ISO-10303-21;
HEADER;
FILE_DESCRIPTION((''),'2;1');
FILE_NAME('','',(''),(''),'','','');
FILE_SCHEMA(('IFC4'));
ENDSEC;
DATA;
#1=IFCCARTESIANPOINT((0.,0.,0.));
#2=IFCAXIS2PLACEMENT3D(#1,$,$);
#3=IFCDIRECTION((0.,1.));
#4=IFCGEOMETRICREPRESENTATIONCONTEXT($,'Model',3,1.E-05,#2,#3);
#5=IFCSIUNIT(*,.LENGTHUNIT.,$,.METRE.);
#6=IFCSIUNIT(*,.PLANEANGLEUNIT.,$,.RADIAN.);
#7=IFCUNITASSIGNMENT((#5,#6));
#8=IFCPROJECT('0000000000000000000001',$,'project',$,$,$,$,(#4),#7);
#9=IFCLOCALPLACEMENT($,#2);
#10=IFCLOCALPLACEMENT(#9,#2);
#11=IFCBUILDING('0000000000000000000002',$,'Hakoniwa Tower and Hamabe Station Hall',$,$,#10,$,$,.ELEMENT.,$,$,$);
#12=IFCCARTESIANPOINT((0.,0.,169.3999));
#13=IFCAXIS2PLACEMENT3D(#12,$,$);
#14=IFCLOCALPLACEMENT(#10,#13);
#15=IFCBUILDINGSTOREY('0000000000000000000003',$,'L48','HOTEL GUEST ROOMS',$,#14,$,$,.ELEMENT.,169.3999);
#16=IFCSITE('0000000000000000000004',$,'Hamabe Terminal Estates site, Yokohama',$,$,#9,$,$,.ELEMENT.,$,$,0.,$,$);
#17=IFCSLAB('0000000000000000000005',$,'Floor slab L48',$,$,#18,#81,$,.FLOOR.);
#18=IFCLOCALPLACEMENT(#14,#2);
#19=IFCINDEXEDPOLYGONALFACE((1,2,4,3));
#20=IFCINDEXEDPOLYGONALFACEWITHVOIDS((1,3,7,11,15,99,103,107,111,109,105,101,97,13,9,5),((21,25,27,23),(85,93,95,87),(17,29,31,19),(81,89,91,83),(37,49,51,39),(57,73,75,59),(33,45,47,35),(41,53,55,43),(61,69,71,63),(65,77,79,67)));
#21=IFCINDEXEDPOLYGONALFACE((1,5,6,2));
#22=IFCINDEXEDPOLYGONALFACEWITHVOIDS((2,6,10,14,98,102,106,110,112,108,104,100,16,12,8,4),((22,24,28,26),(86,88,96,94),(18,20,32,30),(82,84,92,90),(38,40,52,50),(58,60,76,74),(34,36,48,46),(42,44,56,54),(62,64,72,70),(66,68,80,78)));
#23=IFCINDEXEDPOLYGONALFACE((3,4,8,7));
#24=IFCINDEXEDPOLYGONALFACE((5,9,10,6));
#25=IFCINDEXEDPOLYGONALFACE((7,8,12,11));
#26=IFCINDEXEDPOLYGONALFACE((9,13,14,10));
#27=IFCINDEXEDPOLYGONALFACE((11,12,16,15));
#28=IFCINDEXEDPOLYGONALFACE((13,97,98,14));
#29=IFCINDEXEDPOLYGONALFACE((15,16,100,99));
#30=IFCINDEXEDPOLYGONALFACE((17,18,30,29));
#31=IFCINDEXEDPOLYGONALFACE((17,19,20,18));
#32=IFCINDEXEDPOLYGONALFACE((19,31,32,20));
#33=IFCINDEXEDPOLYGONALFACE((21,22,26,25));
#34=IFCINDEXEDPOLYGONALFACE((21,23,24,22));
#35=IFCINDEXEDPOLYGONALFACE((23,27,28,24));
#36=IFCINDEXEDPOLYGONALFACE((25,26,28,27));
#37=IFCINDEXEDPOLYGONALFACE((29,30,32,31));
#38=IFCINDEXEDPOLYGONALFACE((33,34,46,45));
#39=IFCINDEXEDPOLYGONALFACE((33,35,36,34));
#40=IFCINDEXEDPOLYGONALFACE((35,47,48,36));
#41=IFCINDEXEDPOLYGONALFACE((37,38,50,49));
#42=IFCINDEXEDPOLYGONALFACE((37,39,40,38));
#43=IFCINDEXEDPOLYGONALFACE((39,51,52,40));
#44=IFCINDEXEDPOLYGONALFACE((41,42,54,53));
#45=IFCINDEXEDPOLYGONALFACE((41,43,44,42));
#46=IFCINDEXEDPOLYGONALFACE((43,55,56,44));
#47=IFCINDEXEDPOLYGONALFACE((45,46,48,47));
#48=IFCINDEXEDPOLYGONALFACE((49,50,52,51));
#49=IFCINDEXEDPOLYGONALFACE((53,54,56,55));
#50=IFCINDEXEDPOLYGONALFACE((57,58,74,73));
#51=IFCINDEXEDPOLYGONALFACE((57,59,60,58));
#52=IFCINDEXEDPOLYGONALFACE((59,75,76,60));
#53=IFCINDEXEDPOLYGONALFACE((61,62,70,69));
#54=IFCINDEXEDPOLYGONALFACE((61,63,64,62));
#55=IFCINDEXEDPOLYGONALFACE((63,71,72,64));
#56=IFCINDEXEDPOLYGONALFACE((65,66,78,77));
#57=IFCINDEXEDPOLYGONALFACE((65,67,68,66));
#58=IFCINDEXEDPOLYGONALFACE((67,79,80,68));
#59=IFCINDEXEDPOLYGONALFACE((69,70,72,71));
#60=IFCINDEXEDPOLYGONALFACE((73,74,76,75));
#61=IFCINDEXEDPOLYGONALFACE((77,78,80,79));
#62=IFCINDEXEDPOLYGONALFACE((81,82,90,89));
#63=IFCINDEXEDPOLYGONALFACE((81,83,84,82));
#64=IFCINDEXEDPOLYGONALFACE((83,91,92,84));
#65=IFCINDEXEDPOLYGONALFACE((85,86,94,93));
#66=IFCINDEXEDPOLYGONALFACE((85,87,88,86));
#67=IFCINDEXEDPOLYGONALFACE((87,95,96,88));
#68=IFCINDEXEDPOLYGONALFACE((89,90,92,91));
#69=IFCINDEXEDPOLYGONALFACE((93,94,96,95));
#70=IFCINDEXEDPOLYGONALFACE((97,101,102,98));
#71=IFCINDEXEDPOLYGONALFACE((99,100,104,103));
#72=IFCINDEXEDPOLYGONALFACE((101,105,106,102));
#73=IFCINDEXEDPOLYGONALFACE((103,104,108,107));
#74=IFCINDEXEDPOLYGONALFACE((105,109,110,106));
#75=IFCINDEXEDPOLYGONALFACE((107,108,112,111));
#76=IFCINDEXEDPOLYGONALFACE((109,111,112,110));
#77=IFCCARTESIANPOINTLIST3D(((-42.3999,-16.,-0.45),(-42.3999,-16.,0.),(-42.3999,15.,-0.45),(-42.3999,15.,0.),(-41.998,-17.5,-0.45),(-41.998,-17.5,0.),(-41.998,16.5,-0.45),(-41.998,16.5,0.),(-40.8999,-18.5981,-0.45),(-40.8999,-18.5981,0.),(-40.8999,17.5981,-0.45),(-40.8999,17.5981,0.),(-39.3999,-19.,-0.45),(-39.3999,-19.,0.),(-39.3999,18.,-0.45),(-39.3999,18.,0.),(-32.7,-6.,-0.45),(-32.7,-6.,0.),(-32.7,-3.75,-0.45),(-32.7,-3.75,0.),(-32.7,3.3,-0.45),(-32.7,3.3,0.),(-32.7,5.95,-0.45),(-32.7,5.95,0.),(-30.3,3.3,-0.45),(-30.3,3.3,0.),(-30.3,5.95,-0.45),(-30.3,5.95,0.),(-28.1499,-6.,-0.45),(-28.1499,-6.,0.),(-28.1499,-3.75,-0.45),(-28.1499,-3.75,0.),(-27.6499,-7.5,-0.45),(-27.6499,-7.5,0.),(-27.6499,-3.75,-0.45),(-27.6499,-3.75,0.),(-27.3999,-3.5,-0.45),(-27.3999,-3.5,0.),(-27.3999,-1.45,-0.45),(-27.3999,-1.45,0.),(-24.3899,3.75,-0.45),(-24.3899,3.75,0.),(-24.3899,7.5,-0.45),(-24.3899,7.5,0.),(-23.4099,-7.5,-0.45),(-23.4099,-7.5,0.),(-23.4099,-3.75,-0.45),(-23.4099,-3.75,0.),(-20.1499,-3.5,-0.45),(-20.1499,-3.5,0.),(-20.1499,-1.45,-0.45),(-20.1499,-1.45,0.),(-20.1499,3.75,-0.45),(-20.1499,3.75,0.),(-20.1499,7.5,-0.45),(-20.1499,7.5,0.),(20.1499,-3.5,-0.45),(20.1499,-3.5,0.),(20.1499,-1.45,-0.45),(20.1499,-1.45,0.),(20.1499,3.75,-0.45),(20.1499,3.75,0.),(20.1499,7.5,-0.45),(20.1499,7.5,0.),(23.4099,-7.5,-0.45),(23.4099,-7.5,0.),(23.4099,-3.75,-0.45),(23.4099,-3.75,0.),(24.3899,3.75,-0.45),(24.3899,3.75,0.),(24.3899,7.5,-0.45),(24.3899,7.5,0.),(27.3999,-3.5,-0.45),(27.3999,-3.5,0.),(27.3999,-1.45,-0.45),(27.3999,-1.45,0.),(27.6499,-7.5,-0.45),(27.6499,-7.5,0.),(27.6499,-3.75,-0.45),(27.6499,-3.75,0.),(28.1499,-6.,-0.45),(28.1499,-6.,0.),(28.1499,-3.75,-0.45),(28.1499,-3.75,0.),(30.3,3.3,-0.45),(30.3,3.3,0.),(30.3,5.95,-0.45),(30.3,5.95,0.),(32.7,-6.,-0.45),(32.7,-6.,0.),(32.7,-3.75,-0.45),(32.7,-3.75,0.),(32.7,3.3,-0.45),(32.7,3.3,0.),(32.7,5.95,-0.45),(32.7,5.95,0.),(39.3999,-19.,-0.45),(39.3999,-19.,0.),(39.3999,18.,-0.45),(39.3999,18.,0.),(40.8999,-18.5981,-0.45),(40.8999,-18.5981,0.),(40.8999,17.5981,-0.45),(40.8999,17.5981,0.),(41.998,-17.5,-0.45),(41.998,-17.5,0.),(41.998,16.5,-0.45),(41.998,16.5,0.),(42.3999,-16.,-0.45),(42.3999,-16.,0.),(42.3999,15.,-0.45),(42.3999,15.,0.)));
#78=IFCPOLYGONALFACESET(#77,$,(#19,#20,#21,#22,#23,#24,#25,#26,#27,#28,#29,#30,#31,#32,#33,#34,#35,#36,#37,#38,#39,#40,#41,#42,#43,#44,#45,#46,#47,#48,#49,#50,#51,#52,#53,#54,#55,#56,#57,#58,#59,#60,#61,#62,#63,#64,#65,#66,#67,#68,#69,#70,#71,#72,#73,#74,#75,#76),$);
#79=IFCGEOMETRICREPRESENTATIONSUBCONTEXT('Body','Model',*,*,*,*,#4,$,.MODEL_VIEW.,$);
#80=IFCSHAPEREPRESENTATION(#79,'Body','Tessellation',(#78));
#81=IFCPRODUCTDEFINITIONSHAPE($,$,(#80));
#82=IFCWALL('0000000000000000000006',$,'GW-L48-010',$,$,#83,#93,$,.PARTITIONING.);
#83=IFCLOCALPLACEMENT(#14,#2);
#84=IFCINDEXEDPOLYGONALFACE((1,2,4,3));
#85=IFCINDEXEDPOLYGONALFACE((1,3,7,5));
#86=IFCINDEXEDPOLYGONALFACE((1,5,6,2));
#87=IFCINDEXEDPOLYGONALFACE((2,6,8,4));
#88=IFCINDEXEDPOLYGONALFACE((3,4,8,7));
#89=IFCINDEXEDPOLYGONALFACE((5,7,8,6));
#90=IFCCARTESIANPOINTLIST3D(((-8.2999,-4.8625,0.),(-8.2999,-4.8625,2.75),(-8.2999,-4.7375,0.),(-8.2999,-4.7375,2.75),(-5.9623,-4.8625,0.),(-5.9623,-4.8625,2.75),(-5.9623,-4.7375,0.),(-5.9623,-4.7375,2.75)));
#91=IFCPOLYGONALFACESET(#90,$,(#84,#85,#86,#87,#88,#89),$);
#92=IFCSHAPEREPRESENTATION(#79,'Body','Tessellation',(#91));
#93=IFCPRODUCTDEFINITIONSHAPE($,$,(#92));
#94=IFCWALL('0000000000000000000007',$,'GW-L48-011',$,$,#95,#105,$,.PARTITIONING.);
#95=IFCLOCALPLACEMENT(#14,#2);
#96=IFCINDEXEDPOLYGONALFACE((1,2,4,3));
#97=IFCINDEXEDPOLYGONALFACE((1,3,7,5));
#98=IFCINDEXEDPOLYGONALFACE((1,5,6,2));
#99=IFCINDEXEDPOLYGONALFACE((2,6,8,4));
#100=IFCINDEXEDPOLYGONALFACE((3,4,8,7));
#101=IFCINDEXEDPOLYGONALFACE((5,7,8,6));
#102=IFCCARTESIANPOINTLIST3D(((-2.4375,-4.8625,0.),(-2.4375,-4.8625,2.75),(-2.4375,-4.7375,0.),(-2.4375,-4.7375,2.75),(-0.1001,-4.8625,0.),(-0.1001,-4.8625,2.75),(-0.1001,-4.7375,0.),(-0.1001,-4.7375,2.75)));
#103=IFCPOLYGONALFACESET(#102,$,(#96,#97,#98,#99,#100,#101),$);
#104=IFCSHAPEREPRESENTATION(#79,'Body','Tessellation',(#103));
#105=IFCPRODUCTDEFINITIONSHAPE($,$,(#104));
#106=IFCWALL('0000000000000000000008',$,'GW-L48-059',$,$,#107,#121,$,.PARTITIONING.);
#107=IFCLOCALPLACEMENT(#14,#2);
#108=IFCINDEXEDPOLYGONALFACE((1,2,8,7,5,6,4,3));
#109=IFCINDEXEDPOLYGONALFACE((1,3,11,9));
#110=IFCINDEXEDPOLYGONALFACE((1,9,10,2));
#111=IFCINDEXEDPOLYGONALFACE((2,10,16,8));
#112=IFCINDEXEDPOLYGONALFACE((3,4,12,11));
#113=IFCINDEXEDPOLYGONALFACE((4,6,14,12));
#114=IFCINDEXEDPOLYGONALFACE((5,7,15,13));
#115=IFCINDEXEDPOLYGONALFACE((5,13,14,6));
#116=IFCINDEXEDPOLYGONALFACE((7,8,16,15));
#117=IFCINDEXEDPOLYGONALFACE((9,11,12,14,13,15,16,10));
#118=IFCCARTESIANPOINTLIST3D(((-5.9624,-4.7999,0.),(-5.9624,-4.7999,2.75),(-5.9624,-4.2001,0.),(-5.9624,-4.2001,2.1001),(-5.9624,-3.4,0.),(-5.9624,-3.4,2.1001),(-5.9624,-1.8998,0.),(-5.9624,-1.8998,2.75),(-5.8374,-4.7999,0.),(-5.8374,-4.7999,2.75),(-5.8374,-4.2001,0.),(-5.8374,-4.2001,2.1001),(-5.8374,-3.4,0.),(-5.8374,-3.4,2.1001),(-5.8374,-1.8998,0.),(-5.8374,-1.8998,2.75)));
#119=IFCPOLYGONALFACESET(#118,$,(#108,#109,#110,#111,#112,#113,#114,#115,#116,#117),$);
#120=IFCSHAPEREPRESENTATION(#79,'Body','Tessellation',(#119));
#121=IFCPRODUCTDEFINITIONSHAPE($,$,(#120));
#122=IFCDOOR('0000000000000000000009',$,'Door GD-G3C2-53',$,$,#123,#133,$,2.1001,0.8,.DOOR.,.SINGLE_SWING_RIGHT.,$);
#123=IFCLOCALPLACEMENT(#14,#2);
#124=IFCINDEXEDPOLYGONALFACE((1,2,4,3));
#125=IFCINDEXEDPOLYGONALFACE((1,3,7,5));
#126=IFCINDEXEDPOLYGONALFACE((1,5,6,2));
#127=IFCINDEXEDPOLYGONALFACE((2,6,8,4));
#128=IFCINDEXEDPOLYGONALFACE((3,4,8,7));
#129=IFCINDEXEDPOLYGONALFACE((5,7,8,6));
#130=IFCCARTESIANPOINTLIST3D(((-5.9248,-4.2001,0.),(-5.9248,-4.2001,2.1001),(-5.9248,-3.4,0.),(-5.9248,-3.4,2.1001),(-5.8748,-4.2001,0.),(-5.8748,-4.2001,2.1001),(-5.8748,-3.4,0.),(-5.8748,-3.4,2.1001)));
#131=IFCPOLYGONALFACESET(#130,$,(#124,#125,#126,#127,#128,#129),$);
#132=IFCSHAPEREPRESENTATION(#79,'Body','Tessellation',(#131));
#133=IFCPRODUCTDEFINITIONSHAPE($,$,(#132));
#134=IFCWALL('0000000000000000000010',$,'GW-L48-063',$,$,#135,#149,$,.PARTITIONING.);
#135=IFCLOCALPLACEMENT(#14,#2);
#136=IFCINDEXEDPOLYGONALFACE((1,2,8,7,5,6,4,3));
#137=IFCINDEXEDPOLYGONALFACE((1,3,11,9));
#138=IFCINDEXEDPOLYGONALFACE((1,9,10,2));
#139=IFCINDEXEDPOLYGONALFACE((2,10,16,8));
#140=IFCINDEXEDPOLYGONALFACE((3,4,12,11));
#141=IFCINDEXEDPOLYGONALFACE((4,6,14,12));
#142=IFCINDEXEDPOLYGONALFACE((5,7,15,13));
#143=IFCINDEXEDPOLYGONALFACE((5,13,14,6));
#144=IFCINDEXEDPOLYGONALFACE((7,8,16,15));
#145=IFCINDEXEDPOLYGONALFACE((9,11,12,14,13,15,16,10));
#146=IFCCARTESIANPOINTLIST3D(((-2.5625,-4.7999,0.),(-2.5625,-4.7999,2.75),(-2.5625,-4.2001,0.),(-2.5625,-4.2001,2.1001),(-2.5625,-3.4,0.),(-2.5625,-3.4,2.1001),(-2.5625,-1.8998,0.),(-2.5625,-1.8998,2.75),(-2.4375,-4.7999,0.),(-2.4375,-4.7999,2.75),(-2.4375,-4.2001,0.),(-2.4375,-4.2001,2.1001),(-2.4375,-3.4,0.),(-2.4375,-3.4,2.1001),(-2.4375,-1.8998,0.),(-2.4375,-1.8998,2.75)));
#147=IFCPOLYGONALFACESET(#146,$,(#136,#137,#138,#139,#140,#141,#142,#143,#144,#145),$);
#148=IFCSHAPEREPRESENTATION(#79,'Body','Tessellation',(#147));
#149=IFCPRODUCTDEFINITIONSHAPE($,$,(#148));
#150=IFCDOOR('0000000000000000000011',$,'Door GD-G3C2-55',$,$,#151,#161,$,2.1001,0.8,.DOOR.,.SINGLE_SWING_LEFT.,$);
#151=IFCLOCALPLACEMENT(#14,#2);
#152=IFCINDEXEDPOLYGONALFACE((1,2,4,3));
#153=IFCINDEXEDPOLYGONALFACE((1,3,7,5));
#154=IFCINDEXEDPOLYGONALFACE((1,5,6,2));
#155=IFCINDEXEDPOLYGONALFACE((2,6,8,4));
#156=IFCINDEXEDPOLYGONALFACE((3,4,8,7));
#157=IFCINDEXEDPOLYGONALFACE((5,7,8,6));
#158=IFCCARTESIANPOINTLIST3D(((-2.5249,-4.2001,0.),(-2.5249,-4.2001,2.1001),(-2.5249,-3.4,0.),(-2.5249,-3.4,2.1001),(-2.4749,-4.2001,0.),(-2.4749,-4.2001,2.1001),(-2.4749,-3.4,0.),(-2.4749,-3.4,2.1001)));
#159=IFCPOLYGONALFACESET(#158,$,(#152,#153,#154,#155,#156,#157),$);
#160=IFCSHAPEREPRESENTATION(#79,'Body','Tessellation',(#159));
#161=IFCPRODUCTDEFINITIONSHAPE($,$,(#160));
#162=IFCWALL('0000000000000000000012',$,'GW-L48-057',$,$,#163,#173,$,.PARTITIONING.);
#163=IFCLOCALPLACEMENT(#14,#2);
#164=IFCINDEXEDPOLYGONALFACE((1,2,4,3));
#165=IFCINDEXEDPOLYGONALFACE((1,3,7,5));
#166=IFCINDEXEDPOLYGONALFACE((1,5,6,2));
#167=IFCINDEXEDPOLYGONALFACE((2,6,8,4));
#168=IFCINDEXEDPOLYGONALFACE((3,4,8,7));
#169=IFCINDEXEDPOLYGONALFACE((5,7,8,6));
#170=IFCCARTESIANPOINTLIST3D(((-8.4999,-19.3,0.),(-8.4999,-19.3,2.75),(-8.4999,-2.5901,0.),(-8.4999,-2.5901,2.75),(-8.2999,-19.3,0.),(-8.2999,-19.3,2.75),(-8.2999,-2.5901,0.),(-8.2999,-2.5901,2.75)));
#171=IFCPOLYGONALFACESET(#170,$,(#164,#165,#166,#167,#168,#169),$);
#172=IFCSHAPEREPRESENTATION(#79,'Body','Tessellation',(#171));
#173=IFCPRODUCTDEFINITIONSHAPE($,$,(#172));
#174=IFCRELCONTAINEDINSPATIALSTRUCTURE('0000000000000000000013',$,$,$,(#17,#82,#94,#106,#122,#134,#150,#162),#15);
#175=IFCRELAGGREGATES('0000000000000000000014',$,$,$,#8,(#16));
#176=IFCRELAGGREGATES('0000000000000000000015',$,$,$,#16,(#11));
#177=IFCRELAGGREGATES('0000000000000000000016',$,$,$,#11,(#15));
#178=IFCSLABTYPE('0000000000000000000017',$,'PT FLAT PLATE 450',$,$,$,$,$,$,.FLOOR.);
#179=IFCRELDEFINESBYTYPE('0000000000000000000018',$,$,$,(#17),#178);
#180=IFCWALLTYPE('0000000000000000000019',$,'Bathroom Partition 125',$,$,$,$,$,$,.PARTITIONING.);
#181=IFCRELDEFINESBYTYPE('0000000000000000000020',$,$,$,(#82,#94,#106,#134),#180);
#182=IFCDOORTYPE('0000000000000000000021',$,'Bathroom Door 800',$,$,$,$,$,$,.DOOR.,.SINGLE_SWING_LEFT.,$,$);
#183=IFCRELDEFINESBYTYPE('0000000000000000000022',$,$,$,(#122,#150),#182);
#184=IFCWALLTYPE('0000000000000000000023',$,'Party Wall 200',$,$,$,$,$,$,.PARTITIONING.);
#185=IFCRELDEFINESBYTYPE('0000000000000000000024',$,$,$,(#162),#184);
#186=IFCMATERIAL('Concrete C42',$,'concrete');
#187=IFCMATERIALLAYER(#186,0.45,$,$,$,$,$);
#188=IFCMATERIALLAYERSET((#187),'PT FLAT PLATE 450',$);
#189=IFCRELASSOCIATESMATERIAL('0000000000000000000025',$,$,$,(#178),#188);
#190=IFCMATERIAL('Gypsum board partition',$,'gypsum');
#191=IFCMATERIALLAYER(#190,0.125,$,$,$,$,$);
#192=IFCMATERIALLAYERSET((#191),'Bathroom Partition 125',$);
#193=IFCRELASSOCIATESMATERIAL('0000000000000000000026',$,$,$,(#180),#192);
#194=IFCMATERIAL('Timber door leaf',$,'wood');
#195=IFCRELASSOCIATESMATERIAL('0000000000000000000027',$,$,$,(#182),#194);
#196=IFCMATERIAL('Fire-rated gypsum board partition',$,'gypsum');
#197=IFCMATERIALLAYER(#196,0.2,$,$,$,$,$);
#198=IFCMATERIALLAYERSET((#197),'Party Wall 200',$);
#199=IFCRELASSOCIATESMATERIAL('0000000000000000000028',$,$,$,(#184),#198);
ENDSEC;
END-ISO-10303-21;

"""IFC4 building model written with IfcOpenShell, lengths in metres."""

from ifc_helpers import new_model, si_unit, direction, frame, frame_2d, origin, place, context, subcontext, project, spatial, polyline, rectangle, outline, extrude, material, layer, layer_set, type_object, element, fill, save


model = new_model("IFC4")

# Units and contexts
model_context = context("Model", 3, precision=1e-05, world=origin(), true_north=direction((0.0, 1.0)))
body_context = subcontext(model_context, "Body", "Model", "MODEL_VIEW")
ifc_project = project(units=[si_unit("LENGTHUNIT", "METRE"), si_unit("PLANEANGLEUNIT", "RADIAN")], contexts=[model_context])

# Site, building, storey
site_placement = place(None, origin())
site = spatial("IfcSite", under=ifc_project, at=site_placement, Name="Hamabe Terminal Estates site, Yokohama", CompositionType="ELEMENT", RefElevation=0.0)
building_placement = place(site_placement, origin())
building = spatial("IfcBuilding", under=site, at=building_placement, Name="Hakoniwa Tower and Hamabe Station Hall", CompositionType="ELEMENT")
storey_placement = place(building_placement, frame((0.0, 0.0, 169.3999)))
storey = spatial("IfcBuildingStorey", under=building, at=storey_placement, Name="L48", Description="HOTEL GUEST ROOMS", CompositionType="ELEMENT", Elevation=169.3999)

# Slab
ifc_material_1 = material(Name="Concrete C42", Category="concrete")
ifc_layer_1 = layer(ifc_material_1, 0.45)
ifc_layer_set_1 = layer_set([ifc_layer_1], Name="PT FLAT PLATE 450")
slab_type = type_object("IfcSlabType", Name="PT FLAT PLATE 450", PredefinedType="FLOOR", material=ifc_layer_set_1)
slab_placement = place(storey_placement, frame((0.0, 0.0, -0.45)))
element("IfcSlab", 1, at=slab_placement, inside=storey, type_object=slab_type, Name="Floor slab L48", PredefinedType="FLOOR", context=body_context, shape_type="SweptSolid", body=[
    extrude(outline(polyline([(42.3999, -16.0), (42.3999, 15.0), (41.998, 16.5), (40.8999, 17.5981), (39.3999, 18.0), (-39.3999, 18.0), (-40.8999, 17.5981), (-41.998, 16.5), (-42.3999, 15.0), (-42.3999, -16.0), (-41.998, -17.5), (-40.8999, -18.5981), (-39.3999, -19.0), (39.3999, -19.0), (40.8999, -18.5981), (41.998, -17.5), (42.3999, -16.0)]), holes=[polyline([(-27.3999, -3.5), (-27.3999, -1.45), (-20.1499, -1.45), (-20.1499, -3.5), (-27.3999, -3.5)]), polyline([(-32.7, 3.3), (-32.7, 5.95), (-30.3, 5.95), (-30.3, 3.3), (-32.7, 3.3)]), polyline([(-32.7, -6.0), (-32.7, -3.75), (-28.1499, -3.75), (-28.1499, -6.0), (-32.7, -6.0)]), polyline([(-24.3899, 3.75), (-24.3899, 7.5), (-20.1499, 7.5), (-20.1499, 3.75), (-24.3899, 3.75)]), polyline([(-27.6499, -7.5), (-27.6499, -3.75), (-23.4099, -3.75), (-23.4099, -7.5), (-27.6499, -7.5)]), polyline([(20.1499, -3.5), (20.1499, -1.45), (27.3999, -1.45), (27.3999, -3.5), (20.1499, -3.5)]), polyline([(30.3, 3.3), (30.3, 5.95), (32.7, 5.95), (32.7, 3.3), (30.3, 3.3)]), polyline([(28.1499, -6.0), (28.1499, -3.75), (32.7, -3.75), (32.7, -6.0), (28.1499, -6.0)]), polyline([(20.1499, 3.75), (20.1499, 7.5), (24.3899, 7.5), (24.3899, 3.75), (20.1499, 3.75)]), polyline([(23.4099, -7.5), (23.4099, -3.75), (27.6499, -3.75), (27.6499, -7.5), (23.4099, -7.5)])]), origin(), (0.0, 0.0, 1.0), 0.45),
])

# Walls
ifc_material_2 = material(Name="Gypsum board partition", Category="gypsum")
ifc_layer_2 = layer(ifc_material_2, 0.125)
ifc_layer_set_2 = layer_set([ifc_layer_2], Name="Bathroom Partition 125")
wall_type_1 = type_object("IfcWallType", Name="Bathroom Partition 125", PredefinedType="PARTITIONING", material=ifc_layer_set_2)
wall_1_placement = place(storey_placement, frame((-8.3, -4.8, 0.0), z_axis=(0.0, 0.0, 1.0), x_axis=(1.0, 0.0, 0.0)))
element("IfcWall", 2, at=wall_1_placement, inside=storey, type_object=wall_type_1, Name="GW-L48-010", PredefinedType="PARTITIONING", context=body_context, shape_type="SweptSolid", body=[
    extrude(rectangle(XDim=2.3376, YDim=0.125, at=frame_2d((1.1689, 0.0))), origin(), (0.0, 0.0, 1.0), 2.75),
])
wall_2_placement = place(storey_placement, frame((-2.4375, -4.8, 0.0), z_axis=(0.0, 0.0, 1.0), x_axis=(1.0, 0.0, 0.0)))
element("IfcWall", 3, at=wall_2_placement, inside=storey, type_object=wall_type_1, Name="GW-L48-011", PredefinedType="PARTITIONING", context=body_context, shape_type="SweptSolid", body=[
    extrude(rectangle(XDim=2.3374, YDim=0.125, at=frame_2d((1.1687, 0.0))), origin(), (0.0, 0.0, 1.0), 2.75),
])

# Walls, openings, doors
wall_3_placement = place(storey_placement, frame((-5.8999, -4.8, 0.0), z_axis=(0.0, 0.0, 1.0), x_axis=(0.0, 1.0, 0.0)))
wall_3 = element("IfcWall", 4, at=wall_3_placement, inside=storey, type_object=wall_type_1, Name="GW-L48-059", PredefinedType="PARTITIONING", context=body_context, shape_type="SweptSolid", body=[
    extrude(rectangle(XDim=2.9001, YDim=0.125, at=frame_2d((1.4502, 0.0))), origin(), (0.0, 0.0, 1.0), 2.75),
])
opening_1_placement = place(wall_3_placement, frame((0.6001, 0.0, 0.0)))
opening_1 = element("IfcOpeningElement", 5, at=opening_1_placement, cuts=wall_3, PredefinedType="OPENING", context=body_context, shape_type="SweptSolid", body=[
    extrude(rectangle(XDim=0.8, YDim=2.1001, at=frame_2d((0.3999, 1.05))), frame((0.0, 0.0725, 0.0), z_axis=(0.0, -1.0, 0.0), x_axis=(1.0, 0.0, 0.0)), (0.0, 0.0, 1.0), 0.145),
])
ifc_material_3 = material(Name="Timber door leaf", Category="wood")
door_type = type_object("IfcDoorType", Name="Bathroom Door 800", OperationType="SINGLE_SWING_LEFT", PredefinedType="DOOR", material=ifc_material_3)
door_1_placement = place(opening_1_placement, origin())
door_1 = element("IfcDoor", 6, at=door_1_placement, inside=storey, type_object=door_type, Name="Door GD-G3C2-53", OperationType="SINGLE_SWING_RIGHT", OverallHeight=2.1001, OverallWidth=0.8, PredefinedType="DOOR", context=body_context, shape_type="SweptSolid", body=[
    extrude(rectangle(XDim=0.8, YDim=2.1001, at=frame_2d((0.3999, 1.05))), frame((0.0, 0.0249, 0.0), z_axis=(0.0, -1.0, 0.0), x_axis=(1.0, 0.0, 0.0)), (0.0, 0.0, 1.0), 0.05),
])
fill(opening_1, door_1)
wall_4_placement = place(storey_placement, frame((-2.5, -4.8, 0.0), z_axis=(0.0, 0.0, 1.0), x_axis=(0.0, 1.0, 0.0)))
wall_4 = element("IfcWall", 7, at=wall_4_placement, inside=storey, type_object=wall_type_1, Name="GW-L48-063", PredefinedType="PARTITIONING", context=body_context, shape_type="SweptSolid", body=[
    extrude(rectangle(XDim=2.9001, YDim=0.125, at=frame_2d((1.4502, 0.0))), origin(), (0.0, 0.0, 1.0), 2.75),
])
opening_2_placement = place(wall_4_placement, frame((0.6001, 0.0, 0.0)))
opening_2 = element("IfcOpeningElement", 8, at=opening_2_placement, cuts=wall_4, PredefinedType="OPENING", context=body_context, shape_type="SweptSolid", body=[
    extrude(rectangle(XDim=0.8, YDim=2.1001, at=frame_2d((0.3999, 1.05))), frame((0.0, 0.0725, 0.0), z_axis=(0.0, -1.0, 0.0), x_axis=(1.0, 0.0, 0.0)), (0.0, 0.0, 1.0), 0.145),
])
door_2_placement = place(opening_2_placement, origin())
door_2 = element("IfcDoor", 9, at=door_2_placement, inside=storey, type_object=door_type, Name="Door GD-G3C2-55", OperationType="SINGLE_SWING_LEFT", OverallHeight=2.1001, OverallWidth=0.8, PredefinedType="DOOR", context=body_context, shape_type="SweptSolid", body=[
    extrude(rectangle(XDim=0.8, YDim=2.1001, at=frame_2d((0.3999, 1.05))), frame((0.0, 0.0249, 0.0), z_axis=(0.0, -1.0, 0.0), x_axis=(1.0, 0.0, 0.0)), (0.0, 0.0, 1.0), 0.05),
])
fill(opening_2, door_2)

# Wall
ifc_material_4 = material(Name="Fire-rated gypsum board partition", Category="gypsum")
ifc_layer_3 = layer(ifc_material_4, 0.2)
ifc_layer_set_3 = layer_set([ifc_layer_3], Name="Party Wall 200")
wall_type_2 = type_object("IfcWallType", Name="Party Wall 200", PredefinedType="PARTITIONING", material=ifc_layer_set_3)
wall_5_placement = place(storey_placement, frame((-8.3999, -19.3, 0.0), z_axis=(0.0, 0.0, 1.0), x_axis=(0.0, 1.0, 0.0)))
element("IfcWall", 10, at=wall_5_placement, inside=storey, type_object=wall_type_2, Name="GW-L48-057", PredefinedType="PARTITIONING", context=body_context, shape_type="SweptSolid", body=[
    extrude(rectangle(XDim=16.71, YDim=0.2, at=frame_2d((8.355, 0.0))), origin(), (0.0, 0.0, 1.0), 2.75),
])

save(model, "model.ifc")
